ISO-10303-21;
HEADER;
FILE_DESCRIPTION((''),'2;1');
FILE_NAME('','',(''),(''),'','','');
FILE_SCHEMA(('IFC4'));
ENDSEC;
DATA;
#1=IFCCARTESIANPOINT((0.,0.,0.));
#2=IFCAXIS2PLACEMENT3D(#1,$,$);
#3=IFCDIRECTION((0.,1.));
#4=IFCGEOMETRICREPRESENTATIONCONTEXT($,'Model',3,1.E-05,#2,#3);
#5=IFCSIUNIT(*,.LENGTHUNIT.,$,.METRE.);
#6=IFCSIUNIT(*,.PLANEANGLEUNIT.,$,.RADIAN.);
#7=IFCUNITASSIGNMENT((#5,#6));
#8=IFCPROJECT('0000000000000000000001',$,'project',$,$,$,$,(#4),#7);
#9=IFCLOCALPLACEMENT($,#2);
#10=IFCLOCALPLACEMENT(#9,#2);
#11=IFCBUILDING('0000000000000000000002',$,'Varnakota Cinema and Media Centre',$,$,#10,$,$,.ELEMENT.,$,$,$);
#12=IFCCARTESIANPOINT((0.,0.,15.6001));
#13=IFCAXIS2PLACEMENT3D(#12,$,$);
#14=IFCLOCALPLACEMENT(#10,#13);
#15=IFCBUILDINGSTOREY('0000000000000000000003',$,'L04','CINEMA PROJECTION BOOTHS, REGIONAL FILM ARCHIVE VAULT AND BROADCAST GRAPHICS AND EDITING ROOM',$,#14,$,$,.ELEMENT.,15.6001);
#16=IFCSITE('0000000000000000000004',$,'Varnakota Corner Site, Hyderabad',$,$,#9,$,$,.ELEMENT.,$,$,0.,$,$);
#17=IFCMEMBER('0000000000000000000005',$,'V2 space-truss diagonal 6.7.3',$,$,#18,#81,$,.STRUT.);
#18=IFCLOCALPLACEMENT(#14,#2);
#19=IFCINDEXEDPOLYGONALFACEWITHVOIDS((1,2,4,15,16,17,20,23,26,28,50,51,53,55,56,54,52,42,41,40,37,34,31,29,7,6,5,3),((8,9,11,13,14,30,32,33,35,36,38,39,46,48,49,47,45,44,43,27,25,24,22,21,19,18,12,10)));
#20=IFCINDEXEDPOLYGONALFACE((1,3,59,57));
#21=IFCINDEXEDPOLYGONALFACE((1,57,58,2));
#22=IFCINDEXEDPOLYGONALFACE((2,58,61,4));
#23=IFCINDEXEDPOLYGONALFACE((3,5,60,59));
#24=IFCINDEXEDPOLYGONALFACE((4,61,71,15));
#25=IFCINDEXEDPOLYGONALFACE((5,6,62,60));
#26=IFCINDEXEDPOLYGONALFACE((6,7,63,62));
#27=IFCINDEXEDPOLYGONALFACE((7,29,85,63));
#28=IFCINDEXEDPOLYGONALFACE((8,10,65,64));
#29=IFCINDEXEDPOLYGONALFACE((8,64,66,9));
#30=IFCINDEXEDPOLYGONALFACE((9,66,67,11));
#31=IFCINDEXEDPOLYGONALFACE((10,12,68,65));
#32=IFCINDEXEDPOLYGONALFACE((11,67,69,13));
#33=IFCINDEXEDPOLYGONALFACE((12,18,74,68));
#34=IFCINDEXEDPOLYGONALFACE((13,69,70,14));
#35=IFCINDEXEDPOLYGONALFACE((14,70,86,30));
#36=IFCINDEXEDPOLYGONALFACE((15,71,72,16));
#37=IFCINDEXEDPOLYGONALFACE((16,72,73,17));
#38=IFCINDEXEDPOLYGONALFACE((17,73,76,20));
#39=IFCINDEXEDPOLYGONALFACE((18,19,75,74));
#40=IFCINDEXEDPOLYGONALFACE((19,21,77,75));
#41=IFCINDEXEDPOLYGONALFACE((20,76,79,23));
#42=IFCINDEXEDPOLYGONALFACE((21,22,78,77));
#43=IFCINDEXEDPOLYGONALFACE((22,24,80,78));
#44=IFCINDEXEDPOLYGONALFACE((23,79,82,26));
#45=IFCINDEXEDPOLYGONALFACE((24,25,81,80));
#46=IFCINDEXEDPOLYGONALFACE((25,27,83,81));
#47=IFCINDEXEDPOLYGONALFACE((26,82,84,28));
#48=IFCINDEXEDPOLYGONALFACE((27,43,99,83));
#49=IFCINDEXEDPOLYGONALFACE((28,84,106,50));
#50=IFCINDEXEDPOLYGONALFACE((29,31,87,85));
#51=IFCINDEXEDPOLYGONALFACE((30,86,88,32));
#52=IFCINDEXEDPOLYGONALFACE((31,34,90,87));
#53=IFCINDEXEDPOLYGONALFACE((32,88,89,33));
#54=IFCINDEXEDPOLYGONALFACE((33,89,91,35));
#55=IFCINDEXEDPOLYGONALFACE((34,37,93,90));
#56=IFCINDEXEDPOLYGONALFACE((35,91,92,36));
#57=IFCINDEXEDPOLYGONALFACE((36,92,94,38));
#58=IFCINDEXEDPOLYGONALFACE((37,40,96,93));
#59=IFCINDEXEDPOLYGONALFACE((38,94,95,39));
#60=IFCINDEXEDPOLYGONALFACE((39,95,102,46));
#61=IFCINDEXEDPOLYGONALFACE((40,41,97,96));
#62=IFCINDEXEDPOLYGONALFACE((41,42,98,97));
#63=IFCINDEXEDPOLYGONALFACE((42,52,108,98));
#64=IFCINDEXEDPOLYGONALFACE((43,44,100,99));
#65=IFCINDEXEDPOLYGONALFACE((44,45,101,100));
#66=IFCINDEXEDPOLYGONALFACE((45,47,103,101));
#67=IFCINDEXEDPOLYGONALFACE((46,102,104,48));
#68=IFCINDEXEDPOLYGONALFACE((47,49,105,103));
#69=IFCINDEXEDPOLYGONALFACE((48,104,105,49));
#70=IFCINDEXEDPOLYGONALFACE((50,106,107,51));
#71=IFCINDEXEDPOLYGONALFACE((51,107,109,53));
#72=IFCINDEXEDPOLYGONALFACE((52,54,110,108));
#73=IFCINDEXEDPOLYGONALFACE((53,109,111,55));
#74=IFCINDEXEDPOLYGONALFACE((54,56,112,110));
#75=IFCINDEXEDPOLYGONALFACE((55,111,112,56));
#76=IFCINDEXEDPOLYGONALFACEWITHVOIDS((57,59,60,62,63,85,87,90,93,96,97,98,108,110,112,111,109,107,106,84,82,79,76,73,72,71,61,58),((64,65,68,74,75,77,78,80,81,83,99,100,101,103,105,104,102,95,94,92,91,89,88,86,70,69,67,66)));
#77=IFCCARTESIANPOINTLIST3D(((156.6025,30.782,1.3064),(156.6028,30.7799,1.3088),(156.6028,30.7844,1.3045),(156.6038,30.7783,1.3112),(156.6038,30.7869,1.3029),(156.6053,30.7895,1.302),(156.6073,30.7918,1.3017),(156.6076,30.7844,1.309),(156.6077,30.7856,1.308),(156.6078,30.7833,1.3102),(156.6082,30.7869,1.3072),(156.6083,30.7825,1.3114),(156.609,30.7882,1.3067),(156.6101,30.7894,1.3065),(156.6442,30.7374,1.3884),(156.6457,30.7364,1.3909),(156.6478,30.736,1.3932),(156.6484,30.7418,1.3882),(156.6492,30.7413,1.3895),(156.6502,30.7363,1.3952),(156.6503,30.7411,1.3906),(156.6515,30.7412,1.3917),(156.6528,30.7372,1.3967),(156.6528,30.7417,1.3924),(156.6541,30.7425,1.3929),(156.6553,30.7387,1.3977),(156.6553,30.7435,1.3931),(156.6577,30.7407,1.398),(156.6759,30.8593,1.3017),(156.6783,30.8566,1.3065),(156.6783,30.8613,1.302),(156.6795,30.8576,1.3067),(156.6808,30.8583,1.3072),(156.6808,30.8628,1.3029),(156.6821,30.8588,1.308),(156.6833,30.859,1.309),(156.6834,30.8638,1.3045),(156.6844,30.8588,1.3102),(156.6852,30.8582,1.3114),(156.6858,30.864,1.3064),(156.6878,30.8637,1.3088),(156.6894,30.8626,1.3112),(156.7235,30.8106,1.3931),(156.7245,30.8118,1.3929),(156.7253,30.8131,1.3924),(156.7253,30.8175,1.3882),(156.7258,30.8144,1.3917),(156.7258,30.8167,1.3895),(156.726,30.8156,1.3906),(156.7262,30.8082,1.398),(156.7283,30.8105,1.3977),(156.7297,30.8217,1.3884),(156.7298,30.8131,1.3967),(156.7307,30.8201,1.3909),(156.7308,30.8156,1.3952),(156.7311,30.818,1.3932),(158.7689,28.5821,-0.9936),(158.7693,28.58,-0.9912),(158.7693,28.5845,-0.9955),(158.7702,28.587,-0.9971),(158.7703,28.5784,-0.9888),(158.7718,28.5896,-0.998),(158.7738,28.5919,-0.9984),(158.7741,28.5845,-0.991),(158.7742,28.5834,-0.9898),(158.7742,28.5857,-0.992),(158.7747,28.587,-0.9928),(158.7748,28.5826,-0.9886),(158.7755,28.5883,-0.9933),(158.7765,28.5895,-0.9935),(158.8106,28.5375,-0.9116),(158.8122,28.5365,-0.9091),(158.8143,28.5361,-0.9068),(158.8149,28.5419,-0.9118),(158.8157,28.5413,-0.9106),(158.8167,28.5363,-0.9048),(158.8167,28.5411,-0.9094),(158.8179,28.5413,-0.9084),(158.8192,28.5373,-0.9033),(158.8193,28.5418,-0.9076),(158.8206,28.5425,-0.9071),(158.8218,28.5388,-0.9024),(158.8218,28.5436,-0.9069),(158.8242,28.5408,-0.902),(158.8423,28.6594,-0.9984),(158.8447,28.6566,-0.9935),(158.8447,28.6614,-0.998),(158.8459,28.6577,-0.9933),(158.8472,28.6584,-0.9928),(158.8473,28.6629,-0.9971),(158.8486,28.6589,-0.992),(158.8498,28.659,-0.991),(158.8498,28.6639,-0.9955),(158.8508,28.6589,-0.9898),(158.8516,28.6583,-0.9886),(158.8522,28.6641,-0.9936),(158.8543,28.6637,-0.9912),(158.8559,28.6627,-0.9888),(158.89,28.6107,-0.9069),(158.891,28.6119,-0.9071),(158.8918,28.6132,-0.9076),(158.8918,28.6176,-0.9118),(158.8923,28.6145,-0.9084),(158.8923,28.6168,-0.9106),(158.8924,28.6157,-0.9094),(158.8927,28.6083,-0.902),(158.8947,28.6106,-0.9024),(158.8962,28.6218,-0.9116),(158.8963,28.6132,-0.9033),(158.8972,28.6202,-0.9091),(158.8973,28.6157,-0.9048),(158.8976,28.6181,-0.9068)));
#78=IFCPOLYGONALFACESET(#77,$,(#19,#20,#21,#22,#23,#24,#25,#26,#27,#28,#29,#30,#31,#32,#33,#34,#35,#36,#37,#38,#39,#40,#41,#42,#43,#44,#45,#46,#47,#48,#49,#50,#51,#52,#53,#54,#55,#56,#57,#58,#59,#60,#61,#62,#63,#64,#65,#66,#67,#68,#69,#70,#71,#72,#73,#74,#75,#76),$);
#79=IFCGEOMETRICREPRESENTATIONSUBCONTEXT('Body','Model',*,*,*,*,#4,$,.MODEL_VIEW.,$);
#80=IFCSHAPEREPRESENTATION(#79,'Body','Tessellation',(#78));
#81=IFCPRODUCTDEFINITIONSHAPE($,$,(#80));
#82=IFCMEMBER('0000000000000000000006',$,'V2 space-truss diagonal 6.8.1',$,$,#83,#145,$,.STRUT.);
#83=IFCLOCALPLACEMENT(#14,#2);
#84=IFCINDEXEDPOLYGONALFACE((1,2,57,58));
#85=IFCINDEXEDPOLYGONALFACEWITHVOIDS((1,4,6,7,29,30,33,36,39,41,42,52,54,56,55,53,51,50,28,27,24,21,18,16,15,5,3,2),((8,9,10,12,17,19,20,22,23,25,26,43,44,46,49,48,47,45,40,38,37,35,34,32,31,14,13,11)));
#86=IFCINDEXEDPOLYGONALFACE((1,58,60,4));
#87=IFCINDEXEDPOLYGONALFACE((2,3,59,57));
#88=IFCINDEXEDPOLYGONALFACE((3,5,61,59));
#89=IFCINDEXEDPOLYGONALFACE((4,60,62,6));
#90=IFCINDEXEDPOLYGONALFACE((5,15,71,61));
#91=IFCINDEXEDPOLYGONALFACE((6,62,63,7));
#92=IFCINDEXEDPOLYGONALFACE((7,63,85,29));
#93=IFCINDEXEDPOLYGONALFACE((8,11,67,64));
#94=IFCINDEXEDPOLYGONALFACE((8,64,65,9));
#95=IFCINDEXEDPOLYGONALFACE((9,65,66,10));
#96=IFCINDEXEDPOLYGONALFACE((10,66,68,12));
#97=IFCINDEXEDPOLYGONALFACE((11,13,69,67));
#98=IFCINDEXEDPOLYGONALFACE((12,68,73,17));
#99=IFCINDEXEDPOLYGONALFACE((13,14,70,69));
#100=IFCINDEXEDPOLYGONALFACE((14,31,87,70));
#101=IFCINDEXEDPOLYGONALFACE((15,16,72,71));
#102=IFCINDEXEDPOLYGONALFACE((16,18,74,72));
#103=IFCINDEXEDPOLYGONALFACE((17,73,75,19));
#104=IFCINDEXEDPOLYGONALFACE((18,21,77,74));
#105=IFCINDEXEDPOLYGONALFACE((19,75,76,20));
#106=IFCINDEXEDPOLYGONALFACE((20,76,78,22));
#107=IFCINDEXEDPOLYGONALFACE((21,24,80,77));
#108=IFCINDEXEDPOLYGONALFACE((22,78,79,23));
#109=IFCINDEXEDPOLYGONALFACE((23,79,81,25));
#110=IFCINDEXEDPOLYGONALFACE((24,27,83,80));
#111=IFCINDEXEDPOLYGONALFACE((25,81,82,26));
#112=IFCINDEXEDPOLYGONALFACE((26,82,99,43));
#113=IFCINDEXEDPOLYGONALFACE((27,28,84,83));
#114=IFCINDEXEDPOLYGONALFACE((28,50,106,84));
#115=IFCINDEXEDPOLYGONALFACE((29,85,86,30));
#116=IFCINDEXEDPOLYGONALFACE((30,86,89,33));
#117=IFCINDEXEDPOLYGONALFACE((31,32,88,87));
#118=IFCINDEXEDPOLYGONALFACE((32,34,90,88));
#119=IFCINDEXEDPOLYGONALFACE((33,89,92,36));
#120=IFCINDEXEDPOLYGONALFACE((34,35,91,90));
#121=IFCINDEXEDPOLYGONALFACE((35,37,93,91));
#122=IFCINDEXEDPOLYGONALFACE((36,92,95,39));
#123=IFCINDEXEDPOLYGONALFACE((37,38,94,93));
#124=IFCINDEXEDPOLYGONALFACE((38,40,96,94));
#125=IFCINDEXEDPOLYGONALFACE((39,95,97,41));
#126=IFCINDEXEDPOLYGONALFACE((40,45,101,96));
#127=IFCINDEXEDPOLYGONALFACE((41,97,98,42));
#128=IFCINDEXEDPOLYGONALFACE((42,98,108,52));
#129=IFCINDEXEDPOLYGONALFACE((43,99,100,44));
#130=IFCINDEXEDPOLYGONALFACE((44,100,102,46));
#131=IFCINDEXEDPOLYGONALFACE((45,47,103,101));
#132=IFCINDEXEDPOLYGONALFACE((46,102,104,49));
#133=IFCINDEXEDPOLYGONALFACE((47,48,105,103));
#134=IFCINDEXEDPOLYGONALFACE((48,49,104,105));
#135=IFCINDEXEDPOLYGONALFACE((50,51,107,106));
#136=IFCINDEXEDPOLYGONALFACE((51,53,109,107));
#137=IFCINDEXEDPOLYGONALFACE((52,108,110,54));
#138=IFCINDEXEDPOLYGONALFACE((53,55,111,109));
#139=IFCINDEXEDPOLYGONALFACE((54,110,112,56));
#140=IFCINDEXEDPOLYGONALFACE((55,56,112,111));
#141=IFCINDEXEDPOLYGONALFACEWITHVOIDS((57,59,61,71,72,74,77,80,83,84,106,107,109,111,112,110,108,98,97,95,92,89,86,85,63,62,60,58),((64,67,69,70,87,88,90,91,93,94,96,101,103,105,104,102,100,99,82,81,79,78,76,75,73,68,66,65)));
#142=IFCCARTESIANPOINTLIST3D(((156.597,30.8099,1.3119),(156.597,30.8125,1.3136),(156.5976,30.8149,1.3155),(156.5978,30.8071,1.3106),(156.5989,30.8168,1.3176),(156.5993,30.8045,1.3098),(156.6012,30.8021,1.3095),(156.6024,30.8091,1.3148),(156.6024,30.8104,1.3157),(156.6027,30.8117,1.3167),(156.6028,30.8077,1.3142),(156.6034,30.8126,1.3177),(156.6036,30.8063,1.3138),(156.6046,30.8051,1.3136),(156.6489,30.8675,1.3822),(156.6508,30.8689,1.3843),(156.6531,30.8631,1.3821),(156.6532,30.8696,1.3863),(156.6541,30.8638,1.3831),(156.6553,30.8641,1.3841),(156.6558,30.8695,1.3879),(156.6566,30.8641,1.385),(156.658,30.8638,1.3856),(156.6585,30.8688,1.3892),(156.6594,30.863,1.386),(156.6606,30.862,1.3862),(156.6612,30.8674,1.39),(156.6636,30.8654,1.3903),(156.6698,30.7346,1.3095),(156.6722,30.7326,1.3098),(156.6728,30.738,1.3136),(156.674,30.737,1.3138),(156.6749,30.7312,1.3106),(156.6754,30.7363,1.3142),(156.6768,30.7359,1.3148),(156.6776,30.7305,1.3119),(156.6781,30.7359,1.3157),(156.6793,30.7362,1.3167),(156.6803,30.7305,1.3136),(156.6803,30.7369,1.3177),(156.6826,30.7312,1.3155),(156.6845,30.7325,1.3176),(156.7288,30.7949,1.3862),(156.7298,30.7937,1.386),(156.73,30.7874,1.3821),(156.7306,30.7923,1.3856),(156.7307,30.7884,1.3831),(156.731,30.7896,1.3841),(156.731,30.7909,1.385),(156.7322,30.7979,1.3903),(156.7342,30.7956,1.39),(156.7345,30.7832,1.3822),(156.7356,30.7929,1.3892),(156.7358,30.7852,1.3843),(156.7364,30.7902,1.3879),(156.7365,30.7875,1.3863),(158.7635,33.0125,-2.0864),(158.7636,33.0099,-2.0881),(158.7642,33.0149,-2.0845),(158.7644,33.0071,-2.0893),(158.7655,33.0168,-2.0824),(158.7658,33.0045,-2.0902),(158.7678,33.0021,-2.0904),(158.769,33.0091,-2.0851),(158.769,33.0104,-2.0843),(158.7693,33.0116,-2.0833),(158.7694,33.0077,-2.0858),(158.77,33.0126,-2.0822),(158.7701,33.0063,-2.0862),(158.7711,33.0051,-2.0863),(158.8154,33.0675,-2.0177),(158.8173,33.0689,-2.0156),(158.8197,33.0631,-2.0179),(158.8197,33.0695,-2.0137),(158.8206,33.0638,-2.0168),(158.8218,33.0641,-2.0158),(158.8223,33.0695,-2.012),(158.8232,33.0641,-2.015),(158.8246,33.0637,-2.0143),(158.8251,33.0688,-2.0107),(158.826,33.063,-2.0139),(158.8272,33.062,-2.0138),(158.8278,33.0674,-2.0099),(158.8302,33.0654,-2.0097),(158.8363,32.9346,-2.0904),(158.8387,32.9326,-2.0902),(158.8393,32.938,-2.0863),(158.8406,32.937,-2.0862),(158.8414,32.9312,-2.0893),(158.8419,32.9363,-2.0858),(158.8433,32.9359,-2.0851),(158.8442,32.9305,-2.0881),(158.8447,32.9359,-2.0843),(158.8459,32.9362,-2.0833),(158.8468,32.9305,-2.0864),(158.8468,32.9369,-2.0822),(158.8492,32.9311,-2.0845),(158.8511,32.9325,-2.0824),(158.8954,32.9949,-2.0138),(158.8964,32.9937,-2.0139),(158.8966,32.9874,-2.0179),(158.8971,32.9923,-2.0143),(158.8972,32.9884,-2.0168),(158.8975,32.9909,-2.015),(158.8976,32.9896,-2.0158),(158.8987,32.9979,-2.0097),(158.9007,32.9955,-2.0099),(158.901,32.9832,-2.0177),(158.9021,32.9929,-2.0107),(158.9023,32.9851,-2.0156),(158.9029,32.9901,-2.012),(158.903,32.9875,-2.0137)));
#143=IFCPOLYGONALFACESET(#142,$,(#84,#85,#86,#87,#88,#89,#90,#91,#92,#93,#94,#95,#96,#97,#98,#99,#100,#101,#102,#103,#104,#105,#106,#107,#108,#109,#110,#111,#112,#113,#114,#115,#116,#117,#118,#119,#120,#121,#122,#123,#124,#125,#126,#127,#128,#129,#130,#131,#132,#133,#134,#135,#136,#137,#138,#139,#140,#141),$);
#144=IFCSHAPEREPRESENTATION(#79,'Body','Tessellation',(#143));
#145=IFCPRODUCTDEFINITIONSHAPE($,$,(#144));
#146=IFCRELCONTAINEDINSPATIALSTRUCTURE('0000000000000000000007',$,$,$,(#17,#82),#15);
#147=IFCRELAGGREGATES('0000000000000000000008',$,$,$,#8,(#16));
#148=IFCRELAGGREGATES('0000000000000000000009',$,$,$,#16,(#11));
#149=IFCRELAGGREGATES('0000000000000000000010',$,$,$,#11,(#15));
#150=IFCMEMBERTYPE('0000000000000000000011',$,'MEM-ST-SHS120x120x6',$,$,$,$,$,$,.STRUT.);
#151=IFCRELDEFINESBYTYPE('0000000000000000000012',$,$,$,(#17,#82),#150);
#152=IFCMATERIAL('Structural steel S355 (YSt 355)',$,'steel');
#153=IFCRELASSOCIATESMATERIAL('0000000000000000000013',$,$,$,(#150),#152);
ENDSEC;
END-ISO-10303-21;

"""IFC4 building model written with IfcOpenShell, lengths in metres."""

from ifc_helpers import new_model, si_unit, direction, frame, origin, origin_2d, place, context, subcontext, project, spatial, hollow_rectangle, extrude, material, material_profile, profile_set, type_object, element, save


model = new_model("IFC4")

# Units and contexts
model_context = context("Model", 3, precision=1e-05, world=origin(), true_north=direction((0.0, 1.0)))
body_context = subcontext(model_context, "Body", "Model", "MODEL_VIEW")
ifc_project = project(units=[si_unit("LENGTHUNIT", "METRE"), si_unit("PLANEANGLEUNIT", "RADIAN")], contexts=[model_context])

# Site, building, storey
site_placement = place(None, origin())
site = spatial("IfcSite", under=ifc_project, at=site_placement, Name="Varnakota Corner Site, Hyderabad", CompositionType="ELEMENT", RefElevation=0.0)
building_placement = place(site_placement, origin())
building = spatial("IfcBuilding", under=site, at=building_placement, Name="Varnakota Cinema and Media Centre", CompositionType="ELEMENT")
storey_placement = place(building_placement, frame((0.0, 0.0, 15.6001)))
storey = spatial("IfcBuildingStorey", under=building, at=storey_placement, Name="L04", Description="CINEMA PROJECTION BOOTHS, REGIONAL FILM ARCHIVE VAULT AND BROADCAST GRAPHICS AND EDITING ROOM", CompositionType="ELEMENT", Elevation=15.6001)

# Members
ifc_material_1 = material(Name="Structural steel S355 (YSt 355)", Category="steel")
ifc_material_profile_1 = material_profile(ifc_material_1, hollow_rectangle(XDim=0.1201, YDim=0.1201, WallThickness=0.0061, InnerFilletRadius=0.0061, OuterFilletRadius=0.012, at=origin_2d()), Name="SHS 120x120x6")
ifc_profile_set_1 = profile_set([ifc_material_profile_1], Name="Structural steel S355 (YSt 355)")
member_type_1 = type_object("IfcMemberType", Name="MEM-ST-SHS120x120x6", PredefinedType="STRUT", material=ifc_profile_set_1)
member_1_placement = place(storey_placement, frame((158.8333, 28.6001, -0.9502), z_axis=(-0.562705, 0.571392, 0.59739), x_axis=(-0.712502, -0.70167, 0.0)))
element("IfcMember", 1, at=member_1_placement, inside=storey, type_object=member_type_1, Name="V2 space-truss diagonal 6.7.3", PredefinedType="STRUT", context=body_context, shape_type="SweptSolid", body=[
    extrude(hollow_rectangle(XDim=0.1201, YDim=0.1201, WallThickness=0.0061, InnerFilletRadius=0.0061, OuterFilletRadius=0.012, at=origin_2d()), origin(), (0.0, 0.0, 1.0), 3.8501),
])
member_2_placement = place(storey_placement, frame((158.8333, 33.0, -2.05), z_axis=(-0.471728, -0.479011, 0.740285), x_axis=(0.712502, -0.70167, 0.0)))
element("IfcMember", 2, at=member_2_placement, inside=storey, type_object=member_type_1, Name="V2 space-truss diagonal 6.8.1", PredefinedType="STRUT", context=body_context, shape_type="SweptSolid", body=[
    extrude(hollow_rectangle(XDim=0.1201, YDim=0.1201, WallThickness=0.0061, InnerFilletRadius=0.0061, OuterFilletRadius=0.012, at=origin_2d()), origin(), (0.0, 0.0, 1.0), 4.5928),
])

save(model, "model.ifc")
